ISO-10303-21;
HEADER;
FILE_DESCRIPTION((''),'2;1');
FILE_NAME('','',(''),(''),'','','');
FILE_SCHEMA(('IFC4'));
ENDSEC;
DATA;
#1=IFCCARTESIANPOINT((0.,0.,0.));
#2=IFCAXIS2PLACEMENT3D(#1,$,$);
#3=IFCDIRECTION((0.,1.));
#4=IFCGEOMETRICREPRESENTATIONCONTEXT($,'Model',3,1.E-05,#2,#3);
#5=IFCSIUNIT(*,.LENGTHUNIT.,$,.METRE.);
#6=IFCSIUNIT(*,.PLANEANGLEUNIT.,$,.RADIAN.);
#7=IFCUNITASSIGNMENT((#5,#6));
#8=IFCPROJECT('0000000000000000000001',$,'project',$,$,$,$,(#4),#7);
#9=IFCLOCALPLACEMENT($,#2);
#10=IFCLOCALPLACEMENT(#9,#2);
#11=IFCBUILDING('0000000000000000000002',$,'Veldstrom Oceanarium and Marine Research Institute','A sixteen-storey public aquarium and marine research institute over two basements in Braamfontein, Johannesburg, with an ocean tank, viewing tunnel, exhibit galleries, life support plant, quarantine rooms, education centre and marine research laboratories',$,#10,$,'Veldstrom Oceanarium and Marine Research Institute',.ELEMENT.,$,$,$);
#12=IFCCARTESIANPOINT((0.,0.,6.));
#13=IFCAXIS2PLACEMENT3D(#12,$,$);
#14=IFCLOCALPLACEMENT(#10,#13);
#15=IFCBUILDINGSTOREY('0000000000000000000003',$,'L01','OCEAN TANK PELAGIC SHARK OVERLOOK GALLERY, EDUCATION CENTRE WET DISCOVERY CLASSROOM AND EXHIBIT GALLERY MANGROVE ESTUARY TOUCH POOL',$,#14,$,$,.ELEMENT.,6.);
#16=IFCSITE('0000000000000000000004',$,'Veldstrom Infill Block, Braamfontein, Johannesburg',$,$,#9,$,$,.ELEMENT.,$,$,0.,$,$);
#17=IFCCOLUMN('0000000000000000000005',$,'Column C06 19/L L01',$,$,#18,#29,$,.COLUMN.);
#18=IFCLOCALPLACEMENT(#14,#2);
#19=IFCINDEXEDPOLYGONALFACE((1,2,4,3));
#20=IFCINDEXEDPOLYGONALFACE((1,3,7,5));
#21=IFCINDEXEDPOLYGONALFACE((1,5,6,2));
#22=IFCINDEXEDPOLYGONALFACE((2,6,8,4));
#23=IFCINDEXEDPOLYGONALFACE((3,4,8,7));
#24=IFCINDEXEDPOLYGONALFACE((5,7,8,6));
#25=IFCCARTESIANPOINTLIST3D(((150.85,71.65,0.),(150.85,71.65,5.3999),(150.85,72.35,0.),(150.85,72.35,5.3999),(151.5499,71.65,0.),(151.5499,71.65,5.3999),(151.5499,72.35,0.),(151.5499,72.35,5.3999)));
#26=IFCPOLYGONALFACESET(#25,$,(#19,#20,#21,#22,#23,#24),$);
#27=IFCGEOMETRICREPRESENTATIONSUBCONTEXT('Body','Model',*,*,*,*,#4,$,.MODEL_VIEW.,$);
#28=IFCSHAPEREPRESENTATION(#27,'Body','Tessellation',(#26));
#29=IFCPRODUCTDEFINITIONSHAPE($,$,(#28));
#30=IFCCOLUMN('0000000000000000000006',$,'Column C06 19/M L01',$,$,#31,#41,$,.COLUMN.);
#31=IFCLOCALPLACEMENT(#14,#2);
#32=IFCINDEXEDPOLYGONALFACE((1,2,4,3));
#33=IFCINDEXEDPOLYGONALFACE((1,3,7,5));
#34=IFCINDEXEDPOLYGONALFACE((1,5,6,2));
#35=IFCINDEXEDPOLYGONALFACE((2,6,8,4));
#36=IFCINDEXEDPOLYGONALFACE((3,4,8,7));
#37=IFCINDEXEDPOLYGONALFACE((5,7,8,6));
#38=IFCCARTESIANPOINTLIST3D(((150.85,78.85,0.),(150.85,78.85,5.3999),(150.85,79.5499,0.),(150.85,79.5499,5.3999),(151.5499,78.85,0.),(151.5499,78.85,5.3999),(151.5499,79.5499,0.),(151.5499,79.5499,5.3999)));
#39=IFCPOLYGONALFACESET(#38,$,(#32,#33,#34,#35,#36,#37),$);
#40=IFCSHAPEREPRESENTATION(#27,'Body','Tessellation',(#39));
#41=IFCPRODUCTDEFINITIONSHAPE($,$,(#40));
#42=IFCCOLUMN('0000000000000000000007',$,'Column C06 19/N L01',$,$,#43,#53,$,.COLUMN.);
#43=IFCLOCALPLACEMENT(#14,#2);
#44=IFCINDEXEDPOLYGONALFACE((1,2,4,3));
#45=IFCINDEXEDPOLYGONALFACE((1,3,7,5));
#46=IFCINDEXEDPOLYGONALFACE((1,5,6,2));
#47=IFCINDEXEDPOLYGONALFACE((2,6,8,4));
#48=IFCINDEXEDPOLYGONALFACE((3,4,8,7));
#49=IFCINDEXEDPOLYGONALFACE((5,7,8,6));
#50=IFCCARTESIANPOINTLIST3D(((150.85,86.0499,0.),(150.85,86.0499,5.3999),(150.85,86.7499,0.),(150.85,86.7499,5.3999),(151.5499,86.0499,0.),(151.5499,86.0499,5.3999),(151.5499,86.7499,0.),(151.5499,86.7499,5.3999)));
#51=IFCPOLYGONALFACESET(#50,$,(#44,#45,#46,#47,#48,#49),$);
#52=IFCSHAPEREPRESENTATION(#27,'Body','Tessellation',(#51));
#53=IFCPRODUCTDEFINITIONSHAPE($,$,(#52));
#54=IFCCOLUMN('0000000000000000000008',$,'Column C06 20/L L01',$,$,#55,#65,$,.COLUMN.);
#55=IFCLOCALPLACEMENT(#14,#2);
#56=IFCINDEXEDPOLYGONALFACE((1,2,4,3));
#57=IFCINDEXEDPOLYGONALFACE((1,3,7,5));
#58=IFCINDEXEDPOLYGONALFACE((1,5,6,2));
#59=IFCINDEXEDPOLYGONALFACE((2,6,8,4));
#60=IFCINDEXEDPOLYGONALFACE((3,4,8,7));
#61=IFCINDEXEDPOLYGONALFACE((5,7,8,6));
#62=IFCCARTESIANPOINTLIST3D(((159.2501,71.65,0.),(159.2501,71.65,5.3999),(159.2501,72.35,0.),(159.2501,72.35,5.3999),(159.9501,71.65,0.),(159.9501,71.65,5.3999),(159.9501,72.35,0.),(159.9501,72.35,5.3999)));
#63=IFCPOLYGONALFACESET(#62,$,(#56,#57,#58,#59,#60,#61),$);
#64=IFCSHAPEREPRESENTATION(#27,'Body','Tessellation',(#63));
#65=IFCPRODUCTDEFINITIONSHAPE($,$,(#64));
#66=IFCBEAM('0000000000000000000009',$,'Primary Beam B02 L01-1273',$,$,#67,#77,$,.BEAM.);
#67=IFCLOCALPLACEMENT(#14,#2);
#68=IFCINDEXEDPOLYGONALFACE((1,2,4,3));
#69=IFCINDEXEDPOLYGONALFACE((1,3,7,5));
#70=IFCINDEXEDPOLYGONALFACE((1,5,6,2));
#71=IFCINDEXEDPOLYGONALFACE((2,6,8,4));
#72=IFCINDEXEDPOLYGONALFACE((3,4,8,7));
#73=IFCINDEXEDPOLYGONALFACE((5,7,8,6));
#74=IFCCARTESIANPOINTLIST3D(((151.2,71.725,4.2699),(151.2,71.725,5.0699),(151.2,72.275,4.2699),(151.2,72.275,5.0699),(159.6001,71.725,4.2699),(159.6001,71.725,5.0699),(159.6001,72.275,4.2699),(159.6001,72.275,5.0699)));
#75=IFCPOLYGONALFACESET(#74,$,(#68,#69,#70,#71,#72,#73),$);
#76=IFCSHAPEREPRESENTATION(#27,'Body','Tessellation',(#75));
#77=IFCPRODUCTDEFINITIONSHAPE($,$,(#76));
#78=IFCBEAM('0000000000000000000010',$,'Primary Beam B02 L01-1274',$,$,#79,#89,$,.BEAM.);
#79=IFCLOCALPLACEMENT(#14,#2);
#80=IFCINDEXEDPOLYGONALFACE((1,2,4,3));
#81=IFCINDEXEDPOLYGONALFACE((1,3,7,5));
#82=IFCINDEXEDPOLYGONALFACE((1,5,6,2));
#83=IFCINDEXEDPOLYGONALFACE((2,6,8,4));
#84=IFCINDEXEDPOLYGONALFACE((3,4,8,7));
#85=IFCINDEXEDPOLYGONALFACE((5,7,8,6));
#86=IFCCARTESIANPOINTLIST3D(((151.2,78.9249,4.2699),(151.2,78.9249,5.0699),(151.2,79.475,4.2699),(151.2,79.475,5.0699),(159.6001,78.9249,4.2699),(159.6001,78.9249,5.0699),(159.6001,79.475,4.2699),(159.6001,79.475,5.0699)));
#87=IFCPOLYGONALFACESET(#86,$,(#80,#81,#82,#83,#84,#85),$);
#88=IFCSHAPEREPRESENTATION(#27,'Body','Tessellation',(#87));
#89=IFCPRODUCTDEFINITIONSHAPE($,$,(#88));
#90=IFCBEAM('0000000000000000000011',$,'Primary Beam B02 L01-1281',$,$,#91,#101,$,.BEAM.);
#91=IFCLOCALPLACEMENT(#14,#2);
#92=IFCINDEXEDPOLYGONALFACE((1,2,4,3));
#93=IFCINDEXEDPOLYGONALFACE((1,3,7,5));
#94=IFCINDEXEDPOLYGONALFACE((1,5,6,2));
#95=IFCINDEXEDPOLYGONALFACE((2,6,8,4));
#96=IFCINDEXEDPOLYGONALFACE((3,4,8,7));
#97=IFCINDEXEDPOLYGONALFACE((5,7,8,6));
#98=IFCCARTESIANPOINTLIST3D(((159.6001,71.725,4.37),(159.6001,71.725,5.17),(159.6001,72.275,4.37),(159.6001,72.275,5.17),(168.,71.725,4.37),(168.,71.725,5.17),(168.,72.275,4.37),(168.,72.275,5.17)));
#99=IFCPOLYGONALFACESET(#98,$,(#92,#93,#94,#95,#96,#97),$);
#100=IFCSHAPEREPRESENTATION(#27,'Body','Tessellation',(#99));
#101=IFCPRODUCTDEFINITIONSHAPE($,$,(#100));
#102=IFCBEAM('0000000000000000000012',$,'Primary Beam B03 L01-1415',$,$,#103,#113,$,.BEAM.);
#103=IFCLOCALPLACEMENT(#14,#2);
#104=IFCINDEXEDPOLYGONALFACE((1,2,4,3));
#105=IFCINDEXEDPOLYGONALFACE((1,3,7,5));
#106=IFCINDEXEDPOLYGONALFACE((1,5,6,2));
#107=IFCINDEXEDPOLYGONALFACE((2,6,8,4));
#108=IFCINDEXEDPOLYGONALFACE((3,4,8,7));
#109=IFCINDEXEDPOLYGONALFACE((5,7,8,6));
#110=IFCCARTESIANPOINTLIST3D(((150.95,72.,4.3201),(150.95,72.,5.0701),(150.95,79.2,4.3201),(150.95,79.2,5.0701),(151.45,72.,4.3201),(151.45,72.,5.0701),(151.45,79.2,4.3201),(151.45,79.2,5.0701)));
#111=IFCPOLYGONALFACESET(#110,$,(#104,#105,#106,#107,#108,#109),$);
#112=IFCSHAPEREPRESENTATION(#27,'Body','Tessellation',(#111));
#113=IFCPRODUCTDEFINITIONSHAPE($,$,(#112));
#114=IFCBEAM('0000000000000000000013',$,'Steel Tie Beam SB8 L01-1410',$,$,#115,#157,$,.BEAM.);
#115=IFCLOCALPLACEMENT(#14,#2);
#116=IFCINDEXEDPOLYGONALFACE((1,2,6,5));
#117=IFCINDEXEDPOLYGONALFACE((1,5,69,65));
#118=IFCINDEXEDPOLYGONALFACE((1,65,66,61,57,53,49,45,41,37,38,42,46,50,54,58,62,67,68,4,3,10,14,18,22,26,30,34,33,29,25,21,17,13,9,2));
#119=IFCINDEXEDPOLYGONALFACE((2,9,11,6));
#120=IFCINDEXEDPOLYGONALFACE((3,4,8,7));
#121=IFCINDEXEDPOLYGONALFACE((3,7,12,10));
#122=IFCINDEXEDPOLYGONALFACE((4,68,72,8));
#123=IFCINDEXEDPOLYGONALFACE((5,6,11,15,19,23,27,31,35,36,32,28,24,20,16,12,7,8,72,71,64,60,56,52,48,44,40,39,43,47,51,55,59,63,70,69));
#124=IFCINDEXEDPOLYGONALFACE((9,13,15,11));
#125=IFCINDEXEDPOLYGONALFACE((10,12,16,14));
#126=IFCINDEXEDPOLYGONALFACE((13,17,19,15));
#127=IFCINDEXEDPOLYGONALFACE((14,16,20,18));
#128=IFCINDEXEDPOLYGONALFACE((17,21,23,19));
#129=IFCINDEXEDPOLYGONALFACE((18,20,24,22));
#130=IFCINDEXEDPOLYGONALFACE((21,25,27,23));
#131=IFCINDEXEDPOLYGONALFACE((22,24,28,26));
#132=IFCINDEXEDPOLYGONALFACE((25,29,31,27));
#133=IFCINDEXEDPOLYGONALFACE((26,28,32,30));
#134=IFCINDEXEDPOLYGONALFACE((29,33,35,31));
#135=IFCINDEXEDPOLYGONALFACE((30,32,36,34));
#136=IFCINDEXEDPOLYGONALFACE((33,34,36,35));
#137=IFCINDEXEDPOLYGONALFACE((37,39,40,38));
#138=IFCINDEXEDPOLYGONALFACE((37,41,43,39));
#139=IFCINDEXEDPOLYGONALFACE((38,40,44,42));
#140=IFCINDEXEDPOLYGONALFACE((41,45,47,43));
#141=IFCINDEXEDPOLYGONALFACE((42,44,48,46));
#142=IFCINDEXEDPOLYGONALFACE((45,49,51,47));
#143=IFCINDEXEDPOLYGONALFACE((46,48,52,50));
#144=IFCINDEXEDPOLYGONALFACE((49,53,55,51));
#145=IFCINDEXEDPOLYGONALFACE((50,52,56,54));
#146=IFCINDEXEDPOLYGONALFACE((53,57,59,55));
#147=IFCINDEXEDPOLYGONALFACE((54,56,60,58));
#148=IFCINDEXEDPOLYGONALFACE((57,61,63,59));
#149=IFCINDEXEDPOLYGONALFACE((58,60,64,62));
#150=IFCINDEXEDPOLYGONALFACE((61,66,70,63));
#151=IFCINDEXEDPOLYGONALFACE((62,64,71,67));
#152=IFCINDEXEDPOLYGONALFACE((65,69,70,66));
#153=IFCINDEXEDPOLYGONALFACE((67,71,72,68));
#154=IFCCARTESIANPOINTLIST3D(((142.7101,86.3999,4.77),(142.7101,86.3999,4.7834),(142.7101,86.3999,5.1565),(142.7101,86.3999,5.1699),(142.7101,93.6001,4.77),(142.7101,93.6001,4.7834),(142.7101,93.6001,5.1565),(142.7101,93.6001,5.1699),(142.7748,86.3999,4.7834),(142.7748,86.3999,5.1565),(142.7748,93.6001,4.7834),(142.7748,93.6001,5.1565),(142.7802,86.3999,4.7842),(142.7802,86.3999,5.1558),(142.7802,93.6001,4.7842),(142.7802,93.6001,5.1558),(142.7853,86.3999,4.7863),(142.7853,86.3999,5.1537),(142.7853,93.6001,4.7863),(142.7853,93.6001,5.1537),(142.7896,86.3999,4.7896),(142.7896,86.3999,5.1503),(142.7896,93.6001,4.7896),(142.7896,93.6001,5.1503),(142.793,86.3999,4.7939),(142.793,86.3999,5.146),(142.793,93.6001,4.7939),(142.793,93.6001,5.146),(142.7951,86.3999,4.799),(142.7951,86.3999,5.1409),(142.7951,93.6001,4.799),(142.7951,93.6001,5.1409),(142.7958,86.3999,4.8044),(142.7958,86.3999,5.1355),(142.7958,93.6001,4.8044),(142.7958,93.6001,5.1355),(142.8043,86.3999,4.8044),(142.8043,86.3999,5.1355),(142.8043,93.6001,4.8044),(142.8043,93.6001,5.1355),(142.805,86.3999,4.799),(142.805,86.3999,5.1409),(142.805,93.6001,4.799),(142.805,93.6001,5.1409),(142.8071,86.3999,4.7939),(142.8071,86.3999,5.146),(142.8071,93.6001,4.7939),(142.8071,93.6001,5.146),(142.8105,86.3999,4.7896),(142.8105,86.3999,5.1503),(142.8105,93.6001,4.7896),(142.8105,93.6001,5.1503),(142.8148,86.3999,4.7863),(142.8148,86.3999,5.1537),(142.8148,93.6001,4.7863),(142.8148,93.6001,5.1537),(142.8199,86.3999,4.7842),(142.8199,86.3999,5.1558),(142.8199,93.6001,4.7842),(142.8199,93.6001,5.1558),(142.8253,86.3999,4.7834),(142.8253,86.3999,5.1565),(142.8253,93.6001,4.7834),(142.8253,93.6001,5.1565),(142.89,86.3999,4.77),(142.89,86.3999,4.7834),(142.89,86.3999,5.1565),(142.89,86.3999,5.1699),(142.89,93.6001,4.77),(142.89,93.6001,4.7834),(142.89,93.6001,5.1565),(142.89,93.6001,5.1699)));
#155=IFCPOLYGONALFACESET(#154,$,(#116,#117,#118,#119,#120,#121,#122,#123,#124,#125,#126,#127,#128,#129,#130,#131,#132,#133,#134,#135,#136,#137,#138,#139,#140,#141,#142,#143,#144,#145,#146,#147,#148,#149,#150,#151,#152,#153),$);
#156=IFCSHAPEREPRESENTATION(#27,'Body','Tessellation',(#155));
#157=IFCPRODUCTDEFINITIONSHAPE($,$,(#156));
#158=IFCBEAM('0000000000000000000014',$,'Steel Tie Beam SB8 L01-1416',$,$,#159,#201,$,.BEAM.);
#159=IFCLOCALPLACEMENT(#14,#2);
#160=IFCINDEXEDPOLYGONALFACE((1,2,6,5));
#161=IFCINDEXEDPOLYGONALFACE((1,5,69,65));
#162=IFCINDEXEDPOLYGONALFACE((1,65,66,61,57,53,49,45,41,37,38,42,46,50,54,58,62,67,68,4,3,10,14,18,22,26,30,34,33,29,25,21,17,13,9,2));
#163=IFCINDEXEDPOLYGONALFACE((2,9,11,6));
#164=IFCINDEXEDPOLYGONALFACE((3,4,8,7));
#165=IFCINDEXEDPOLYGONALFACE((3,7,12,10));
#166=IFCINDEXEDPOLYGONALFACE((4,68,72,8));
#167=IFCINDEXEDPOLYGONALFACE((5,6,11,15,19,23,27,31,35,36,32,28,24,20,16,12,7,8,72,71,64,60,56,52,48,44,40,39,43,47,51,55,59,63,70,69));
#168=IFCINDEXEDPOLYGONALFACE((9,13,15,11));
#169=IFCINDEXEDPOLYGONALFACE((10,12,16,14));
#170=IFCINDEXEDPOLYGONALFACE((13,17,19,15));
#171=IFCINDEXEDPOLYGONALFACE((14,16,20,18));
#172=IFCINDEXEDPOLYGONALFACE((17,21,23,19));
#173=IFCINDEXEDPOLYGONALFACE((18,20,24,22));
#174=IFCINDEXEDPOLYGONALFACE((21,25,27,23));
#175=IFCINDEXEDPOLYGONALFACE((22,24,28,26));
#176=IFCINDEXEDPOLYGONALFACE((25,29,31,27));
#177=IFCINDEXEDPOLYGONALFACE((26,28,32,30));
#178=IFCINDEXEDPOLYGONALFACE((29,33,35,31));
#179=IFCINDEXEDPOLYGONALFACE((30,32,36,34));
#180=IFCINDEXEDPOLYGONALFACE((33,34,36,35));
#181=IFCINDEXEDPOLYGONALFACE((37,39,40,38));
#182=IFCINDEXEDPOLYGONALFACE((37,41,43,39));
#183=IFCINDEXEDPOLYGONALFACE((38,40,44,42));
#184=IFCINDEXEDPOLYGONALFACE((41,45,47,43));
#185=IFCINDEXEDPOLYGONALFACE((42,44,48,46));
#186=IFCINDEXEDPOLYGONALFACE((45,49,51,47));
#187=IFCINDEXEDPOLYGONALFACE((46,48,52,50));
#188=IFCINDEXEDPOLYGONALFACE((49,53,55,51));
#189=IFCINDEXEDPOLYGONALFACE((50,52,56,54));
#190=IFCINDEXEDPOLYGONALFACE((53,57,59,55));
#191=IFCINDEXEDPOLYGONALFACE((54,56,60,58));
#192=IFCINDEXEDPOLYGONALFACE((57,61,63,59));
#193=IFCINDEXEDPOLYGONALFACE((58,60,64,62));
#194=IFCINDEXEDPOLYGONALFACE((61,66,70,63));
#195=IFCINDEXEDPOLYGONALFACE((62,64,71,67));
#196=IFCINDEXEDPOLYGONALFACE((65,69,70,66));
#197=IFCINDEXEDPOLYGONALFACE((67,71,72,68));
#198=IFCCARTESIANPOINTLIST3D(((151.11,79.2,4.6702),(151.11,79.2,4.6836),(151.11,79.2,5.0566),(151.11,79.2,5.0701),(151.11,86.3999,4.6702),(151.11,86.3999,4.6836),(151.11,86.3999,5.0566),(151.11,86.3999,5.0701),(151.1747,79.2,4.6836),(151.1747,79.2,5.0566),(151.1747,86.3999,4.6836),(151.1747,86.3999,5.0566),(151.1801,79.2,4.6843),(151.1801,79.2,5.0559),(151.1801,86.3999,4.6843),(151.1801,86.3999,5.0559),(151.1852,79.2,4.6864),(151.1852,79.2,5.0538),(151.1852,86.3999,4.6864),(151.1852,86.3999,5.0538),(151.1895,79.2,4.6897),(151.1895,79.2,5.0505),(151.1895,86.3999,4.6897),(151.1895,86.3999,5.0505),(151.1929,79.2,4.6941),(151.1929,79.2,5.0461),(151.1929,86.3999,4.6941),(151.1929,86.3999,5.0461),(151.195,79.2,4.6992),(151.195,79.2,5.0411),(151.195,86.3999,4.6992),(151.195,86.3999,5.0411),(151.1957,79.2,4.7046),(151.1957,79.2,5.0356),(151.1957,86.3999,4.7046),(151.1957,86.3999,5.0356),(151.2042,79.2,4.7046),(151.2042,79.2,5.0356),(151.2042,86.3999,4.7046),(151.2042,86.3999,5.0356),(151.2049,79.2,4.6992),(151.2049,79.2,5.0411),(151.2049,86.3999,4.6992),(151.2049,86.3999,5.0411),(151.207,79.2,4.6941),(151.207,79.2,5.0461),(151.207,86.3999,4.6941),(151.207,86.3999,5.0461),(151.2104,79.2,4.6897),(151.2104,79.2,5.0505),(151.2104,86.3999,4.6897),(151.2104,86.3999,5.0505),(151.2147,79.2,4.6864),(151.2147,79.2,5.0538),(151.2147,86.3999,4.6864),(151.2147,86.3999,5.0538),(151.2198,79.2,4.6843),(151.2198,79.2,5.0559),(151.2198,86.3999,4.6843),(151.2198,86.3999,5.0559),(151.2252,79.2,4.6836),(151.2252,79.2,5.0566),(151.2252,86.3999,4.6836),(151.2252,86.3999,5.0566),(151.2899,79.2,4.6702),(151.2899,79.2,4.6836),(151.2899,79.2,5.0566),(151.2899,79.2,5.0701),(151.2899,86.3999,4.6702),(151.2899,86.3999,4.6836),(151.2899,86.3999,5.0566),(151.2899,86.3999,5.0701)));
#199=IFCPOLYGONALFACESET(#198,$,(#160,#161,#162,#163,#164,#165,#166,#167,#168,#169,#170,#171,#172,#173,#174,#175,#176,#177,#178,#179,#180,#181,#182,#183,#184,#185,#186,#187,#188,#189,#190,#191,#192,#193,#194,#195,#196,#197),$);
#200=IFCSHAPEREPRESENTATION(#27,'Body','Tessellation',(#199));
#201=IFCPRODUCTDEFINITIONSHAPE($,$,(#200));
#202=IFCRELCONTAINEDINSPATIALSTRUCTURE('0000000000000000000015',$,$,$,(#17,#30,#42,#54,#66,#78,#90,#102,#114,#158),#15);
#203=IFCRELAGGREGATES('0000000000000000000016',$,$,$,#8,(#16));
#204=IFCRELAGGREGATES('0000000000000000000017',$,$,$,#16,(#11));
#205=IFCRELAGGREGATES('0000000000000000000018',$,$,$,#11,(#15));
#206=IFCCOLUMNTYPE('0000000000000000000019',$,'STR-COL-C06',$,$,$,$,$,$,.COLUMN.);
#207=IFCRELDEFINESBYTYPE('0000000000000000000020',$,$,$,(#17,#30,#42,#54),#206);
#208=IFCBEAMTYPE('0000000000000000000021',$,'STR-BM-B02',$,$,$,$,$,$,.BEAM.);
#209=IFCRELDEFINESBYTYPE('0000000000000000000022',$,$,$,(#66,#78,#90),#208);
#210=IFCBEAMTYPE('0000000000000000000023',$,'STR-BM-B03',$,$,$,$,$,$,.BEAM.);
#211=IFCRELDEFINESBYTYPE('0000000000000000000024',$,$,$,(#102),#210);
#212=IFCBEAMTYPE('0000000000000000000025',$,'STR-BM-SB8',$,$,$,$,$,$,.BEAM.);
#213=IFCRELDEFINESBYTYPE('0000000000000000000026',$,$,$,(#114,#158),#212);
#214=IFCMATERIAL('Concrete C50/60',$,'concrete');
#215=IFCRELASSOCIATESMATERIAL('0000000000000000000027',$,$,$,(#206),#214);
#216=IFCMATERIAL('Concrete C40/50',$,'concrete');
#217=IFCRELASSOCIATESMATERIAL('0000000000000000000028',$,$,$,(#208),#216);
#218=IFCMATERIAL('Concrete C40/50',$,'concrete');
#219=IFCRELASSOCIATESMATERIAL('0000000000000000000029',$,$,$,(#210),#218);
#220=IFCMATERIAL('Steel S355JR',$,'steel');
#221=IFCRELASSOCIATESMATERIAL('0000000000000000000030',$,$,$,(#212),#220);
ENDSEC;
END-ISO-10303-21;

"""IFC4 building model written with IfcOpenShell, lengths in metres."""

from ifc_helpers import new_model, si_unit, direction, frame, origin, origin_2d, place, context, subcontext, project, spatial, rectangle, i_section, extrude, material, material_profile, profile_set, type_object, element, save


model = new_model("IFC4")

# Units and contexts
model_context = context("Model", 3, precision=1e-05, world=origin(), true_north=direction((0.0, 1.0)))
body_context = subcontext(model_context, "Body", "Model", "MODEL_VIEW")
ifc_project = project(units=[si_unit("LENGTHUNIT", "METRE"), si_unit("PLANEANGLEUNIT", "RADIAN")], contexts=[model_context])

# Site, building, storey
site_placement = place(None, origin())
site = spatial("IfcSite", under=ifc_project, at=site_placement, Name="Veldstrom Infill Block, Braamfontein, Johannesburg", CompositionType="ELEMENT", RefElevation=0.0)
building_placement = place(site_placement, origin())
building = spatial("IfcBuilding", under=site, at=building_placement, Name="Veldstrom Oceanarium and Marine Research Institute", Description="A sixteen-storey public aquarium and marine research institute over two basements in Braamfontein, Johannesburg, with an ocean tank, viewing tunnel, exhibit galleries, life support plant, quarantine rooms, education centre and marine research laboratories", LongName="Veldstrom Oceanarium and Marine Research Institute", CompositionType="ELEMENT")
storey_placement = place(building_placement, frame((0.0, 0.0, 6.0)))
storey = spatial("IfcBuildingStorey", under=building, at=storey_placement, Name="L01", Description="OCEAN TANK PELAGIC SHARK OVERLOOK GALLERY, EDUCATION CENTRE WET DISCOVERY CLASSROOM AND EXHIBIT GALLERY MANGROVE ESTUARY TOUCH POOL", CompositionType="ELEMENT", Elevation=6.0)

# Columns
ifc_material_1 = material(Name="Concrete C50/60", Category="concrete")
ifc_material_profile_1 = material_profile(ifc_material_1, rectangle(XDim=0.7, YDim=0.7, at=origin_2d()), Name="RC-COL-700x700")
ifc_profile_set_1 = profile_set([ifc_material_profile_1], Name="Concrete C50/60")
column_type = type_object("IfcColumnType", Name="STR-COL-C06", PredefinedType="COLUMN", material=ifc_profile_set_1)
for number, where, z_axis, x_axis, name in (
    (1, (151.2, 72.0, 0.0), (0.0, 0.0, 1.0), (1.0, 0.0, 0.0), "Column C06 19/L L01"),
    (2, (151.2, 79.2, 0.0), (0.0, 0.0, 1.0), (1.0, 0.0, 0.0), "Column C06 19/M L01"),
    (3, (151.2, 86.3999, 0.0), (0.0, 0.0, 1.0), (1.0, 0.0, 0.0), "Column C06 19/N L01"),
    (4, (159.6001, 72.0, 0.0), (0.0, 0.0, 1.0), (1.0, 0.0, 0.0), "Column C06 20/L L01"),
):
    element("IfcColumn", number, at=place(storey_placement, frame(where, z_axis=z_axis, x_axis=x_axis)), inside=storey, type_object=column_type, Name=name, PredefinedType="COLUMN", context=body_context, shape_type="SweptSolid", body=[
        extrude(rectangle(XDim=0.7, YDim=0.7, at=origin_2d()), origin(), (0.0, 0.0, 1.0), 5.3999),
    ])

# Beams
ifc_material_2 = material(Name="Concrete C40/50", Category="concrete")
ifc_material_profile_2 = material_profile(ifc_material_2, rectangle(XDim=0.55, YDim=0.8, at=origin_2d()), Name="RC-BM-550x800")
ifc_profile_set_2 = profile_set([ifc_material_profile_2], Name="Concrete C40/50")
beam_type_1 = type_object("IfcBeamType", Name="STR-BM-B02", PredefinedType="BEAM", material=ifc_profile_set_2)
for number, where, z_axis, x_axis, name in (
    (5, (151.2, 72.0, 4.6699), (1.0, 0.0, 0.0), (0.0, 1.0, 0.0), "Primary Beam B02 L01-1273"),
    (6, (151.2, 79.2, 4.6699), (1.0, 0.0, 0.0), (0.0, 1.0, 0.0), "Primary Beam B02 L01-1274"),
):
    element("IfcBeam", number, at=place(storey_placement, frame(where, z_axis=z_axis, x_axis=x_axis)), inside=storey, type_object=beam_type_1, Name=name, PredefinedType="BEAM", context=body_context, shape_type="SweptSolid", body=[
        extrude(rectangle(XDim=0.55, YDim=0.8, at=origin_2d()), origin(), (0.0, 0.0, 1.0), 8.4001),
    ])
beam_1_placement = place(storey_placement, frame((159.6001, 72.0, 4.77), z_axis=(1.0, 0.0, 0.0), x_axis=(0.0, 1.0, 0.0)))
element("IfcBeam", 7, at=beam_1_placement, inside=storey, type_object=beam_type_1, Name="Primary Beam B02 L01-1281", PredefinedType="BEAM", context=body_context, shape_type="SweptSolid", body=[
    extrude(rectangle(XDim=0.55, YDim=0.8, at=origin_2d()), origin(), (0.0, 0.0, 1.0), 8.3999),
])
ifc_material_3 = material(Name="Concrete C40/50", Category="concrete")
ifc_material_profile_3 = material_profile(ifc_material_3, rectangle(XDim=0.5, YDim=0.75, at=origin_2d()), Name="RC-BM-500x750")
ifc_profile_set_3 = profile_set([ifc_material_profile_3], Name="Concrete C40/50")
beam_type_2 = type_object("IfcBeamType", Name="STR-BM-B03", PredefinedType="BEAM", material=ifc_profile_set_3)
beam_2_placement = place(storey_placement, frame((151.2, 72.0, 4.6951), z_axis=(0.0, 1.0, 0.0), x_axis=(-1.0, 0.0, 0.0)))
element("IfcBeam", 8, at=beam_2_placement, inside=storey, type_object=beam_type_2, Name="Primary Beam B03 L01-1415", PredefinedType="BEAM", context=body_context, shape_type="SweptSolid", body=[
    extrude(rectangle(XDim=0.5, YDim=0.75, at=origin_2d()), origin(), (0.0, 0.0, 1.0), 7.2),
])
ifc_material_4 = material(Name="Steel S355JR", Category="steel")
ifc_material_profile_4 = material_profile(ifc_material_4, i_section(OverallWidth=0.1799, OverallDepth=0.3999, WebThickness=0.0085, FlangeThickness=0.0134, FilletRadius=0.021, at=origin_2d()), Name="IPE 400")
ifc_profile_set_4 = profile_set([ifc_material_profile_4], Name="Steel S355JR")
beam_type_3 = type_object("IfcBeamType", Name="STR-BM-SB8", PredefinedType="BEAM", material=ifc_profile_set_4)
beam_3_placement = place(storey_placement, frame((142.8, 86.3999, 4.97), z_axis=(0.0, 1.0, 0.0), x_axis=(-1.0, 0.0, 0.0)))
element("IfcBeam", 9, at=beam_3_placement, inside=storey, type_object=beam_type_3, Name="Steel Tie Beam SB8 L01-1410", PredefinedType="BEAM", context=body_context, shape_type="SweptSolid", body=[
    extrude(i_section(OverallWidth=0.1799, OverallDepth=0.3999, WebThickness=0.0085, FlangeThickness=0.0134, FilletRadius=0.021, at=origin_2d()), origin(), (0.0, 0.0, 1.0), 7.2002),
])
beam_4_placement = place(storey_placement, frame((151.2, 79.2, 4.8701), z_axis=(0.0, 1.0, 0.0), x_axis=(-1.0, 0.0, 0.0)))
element("IfcBeam", 10, at=beam_4_placement, inside=storey, type_object=beam_type_3, Name="Steel Tie Beam SB8 L01-1416", PredefinedType="BEAM", context=body_context, shape_type="SweptSolid", body=[
    extrude(i_section(OverallWidth=0.1799, OverallDepth=0.3999, WebThickness=0.0085, FlangeThickness=0.0134, FilletRadius=0.021, at=origin_2d()), origin(), (0.0, 0.0, 1.0), 7.2),
])

save(model, "model.ifc")
